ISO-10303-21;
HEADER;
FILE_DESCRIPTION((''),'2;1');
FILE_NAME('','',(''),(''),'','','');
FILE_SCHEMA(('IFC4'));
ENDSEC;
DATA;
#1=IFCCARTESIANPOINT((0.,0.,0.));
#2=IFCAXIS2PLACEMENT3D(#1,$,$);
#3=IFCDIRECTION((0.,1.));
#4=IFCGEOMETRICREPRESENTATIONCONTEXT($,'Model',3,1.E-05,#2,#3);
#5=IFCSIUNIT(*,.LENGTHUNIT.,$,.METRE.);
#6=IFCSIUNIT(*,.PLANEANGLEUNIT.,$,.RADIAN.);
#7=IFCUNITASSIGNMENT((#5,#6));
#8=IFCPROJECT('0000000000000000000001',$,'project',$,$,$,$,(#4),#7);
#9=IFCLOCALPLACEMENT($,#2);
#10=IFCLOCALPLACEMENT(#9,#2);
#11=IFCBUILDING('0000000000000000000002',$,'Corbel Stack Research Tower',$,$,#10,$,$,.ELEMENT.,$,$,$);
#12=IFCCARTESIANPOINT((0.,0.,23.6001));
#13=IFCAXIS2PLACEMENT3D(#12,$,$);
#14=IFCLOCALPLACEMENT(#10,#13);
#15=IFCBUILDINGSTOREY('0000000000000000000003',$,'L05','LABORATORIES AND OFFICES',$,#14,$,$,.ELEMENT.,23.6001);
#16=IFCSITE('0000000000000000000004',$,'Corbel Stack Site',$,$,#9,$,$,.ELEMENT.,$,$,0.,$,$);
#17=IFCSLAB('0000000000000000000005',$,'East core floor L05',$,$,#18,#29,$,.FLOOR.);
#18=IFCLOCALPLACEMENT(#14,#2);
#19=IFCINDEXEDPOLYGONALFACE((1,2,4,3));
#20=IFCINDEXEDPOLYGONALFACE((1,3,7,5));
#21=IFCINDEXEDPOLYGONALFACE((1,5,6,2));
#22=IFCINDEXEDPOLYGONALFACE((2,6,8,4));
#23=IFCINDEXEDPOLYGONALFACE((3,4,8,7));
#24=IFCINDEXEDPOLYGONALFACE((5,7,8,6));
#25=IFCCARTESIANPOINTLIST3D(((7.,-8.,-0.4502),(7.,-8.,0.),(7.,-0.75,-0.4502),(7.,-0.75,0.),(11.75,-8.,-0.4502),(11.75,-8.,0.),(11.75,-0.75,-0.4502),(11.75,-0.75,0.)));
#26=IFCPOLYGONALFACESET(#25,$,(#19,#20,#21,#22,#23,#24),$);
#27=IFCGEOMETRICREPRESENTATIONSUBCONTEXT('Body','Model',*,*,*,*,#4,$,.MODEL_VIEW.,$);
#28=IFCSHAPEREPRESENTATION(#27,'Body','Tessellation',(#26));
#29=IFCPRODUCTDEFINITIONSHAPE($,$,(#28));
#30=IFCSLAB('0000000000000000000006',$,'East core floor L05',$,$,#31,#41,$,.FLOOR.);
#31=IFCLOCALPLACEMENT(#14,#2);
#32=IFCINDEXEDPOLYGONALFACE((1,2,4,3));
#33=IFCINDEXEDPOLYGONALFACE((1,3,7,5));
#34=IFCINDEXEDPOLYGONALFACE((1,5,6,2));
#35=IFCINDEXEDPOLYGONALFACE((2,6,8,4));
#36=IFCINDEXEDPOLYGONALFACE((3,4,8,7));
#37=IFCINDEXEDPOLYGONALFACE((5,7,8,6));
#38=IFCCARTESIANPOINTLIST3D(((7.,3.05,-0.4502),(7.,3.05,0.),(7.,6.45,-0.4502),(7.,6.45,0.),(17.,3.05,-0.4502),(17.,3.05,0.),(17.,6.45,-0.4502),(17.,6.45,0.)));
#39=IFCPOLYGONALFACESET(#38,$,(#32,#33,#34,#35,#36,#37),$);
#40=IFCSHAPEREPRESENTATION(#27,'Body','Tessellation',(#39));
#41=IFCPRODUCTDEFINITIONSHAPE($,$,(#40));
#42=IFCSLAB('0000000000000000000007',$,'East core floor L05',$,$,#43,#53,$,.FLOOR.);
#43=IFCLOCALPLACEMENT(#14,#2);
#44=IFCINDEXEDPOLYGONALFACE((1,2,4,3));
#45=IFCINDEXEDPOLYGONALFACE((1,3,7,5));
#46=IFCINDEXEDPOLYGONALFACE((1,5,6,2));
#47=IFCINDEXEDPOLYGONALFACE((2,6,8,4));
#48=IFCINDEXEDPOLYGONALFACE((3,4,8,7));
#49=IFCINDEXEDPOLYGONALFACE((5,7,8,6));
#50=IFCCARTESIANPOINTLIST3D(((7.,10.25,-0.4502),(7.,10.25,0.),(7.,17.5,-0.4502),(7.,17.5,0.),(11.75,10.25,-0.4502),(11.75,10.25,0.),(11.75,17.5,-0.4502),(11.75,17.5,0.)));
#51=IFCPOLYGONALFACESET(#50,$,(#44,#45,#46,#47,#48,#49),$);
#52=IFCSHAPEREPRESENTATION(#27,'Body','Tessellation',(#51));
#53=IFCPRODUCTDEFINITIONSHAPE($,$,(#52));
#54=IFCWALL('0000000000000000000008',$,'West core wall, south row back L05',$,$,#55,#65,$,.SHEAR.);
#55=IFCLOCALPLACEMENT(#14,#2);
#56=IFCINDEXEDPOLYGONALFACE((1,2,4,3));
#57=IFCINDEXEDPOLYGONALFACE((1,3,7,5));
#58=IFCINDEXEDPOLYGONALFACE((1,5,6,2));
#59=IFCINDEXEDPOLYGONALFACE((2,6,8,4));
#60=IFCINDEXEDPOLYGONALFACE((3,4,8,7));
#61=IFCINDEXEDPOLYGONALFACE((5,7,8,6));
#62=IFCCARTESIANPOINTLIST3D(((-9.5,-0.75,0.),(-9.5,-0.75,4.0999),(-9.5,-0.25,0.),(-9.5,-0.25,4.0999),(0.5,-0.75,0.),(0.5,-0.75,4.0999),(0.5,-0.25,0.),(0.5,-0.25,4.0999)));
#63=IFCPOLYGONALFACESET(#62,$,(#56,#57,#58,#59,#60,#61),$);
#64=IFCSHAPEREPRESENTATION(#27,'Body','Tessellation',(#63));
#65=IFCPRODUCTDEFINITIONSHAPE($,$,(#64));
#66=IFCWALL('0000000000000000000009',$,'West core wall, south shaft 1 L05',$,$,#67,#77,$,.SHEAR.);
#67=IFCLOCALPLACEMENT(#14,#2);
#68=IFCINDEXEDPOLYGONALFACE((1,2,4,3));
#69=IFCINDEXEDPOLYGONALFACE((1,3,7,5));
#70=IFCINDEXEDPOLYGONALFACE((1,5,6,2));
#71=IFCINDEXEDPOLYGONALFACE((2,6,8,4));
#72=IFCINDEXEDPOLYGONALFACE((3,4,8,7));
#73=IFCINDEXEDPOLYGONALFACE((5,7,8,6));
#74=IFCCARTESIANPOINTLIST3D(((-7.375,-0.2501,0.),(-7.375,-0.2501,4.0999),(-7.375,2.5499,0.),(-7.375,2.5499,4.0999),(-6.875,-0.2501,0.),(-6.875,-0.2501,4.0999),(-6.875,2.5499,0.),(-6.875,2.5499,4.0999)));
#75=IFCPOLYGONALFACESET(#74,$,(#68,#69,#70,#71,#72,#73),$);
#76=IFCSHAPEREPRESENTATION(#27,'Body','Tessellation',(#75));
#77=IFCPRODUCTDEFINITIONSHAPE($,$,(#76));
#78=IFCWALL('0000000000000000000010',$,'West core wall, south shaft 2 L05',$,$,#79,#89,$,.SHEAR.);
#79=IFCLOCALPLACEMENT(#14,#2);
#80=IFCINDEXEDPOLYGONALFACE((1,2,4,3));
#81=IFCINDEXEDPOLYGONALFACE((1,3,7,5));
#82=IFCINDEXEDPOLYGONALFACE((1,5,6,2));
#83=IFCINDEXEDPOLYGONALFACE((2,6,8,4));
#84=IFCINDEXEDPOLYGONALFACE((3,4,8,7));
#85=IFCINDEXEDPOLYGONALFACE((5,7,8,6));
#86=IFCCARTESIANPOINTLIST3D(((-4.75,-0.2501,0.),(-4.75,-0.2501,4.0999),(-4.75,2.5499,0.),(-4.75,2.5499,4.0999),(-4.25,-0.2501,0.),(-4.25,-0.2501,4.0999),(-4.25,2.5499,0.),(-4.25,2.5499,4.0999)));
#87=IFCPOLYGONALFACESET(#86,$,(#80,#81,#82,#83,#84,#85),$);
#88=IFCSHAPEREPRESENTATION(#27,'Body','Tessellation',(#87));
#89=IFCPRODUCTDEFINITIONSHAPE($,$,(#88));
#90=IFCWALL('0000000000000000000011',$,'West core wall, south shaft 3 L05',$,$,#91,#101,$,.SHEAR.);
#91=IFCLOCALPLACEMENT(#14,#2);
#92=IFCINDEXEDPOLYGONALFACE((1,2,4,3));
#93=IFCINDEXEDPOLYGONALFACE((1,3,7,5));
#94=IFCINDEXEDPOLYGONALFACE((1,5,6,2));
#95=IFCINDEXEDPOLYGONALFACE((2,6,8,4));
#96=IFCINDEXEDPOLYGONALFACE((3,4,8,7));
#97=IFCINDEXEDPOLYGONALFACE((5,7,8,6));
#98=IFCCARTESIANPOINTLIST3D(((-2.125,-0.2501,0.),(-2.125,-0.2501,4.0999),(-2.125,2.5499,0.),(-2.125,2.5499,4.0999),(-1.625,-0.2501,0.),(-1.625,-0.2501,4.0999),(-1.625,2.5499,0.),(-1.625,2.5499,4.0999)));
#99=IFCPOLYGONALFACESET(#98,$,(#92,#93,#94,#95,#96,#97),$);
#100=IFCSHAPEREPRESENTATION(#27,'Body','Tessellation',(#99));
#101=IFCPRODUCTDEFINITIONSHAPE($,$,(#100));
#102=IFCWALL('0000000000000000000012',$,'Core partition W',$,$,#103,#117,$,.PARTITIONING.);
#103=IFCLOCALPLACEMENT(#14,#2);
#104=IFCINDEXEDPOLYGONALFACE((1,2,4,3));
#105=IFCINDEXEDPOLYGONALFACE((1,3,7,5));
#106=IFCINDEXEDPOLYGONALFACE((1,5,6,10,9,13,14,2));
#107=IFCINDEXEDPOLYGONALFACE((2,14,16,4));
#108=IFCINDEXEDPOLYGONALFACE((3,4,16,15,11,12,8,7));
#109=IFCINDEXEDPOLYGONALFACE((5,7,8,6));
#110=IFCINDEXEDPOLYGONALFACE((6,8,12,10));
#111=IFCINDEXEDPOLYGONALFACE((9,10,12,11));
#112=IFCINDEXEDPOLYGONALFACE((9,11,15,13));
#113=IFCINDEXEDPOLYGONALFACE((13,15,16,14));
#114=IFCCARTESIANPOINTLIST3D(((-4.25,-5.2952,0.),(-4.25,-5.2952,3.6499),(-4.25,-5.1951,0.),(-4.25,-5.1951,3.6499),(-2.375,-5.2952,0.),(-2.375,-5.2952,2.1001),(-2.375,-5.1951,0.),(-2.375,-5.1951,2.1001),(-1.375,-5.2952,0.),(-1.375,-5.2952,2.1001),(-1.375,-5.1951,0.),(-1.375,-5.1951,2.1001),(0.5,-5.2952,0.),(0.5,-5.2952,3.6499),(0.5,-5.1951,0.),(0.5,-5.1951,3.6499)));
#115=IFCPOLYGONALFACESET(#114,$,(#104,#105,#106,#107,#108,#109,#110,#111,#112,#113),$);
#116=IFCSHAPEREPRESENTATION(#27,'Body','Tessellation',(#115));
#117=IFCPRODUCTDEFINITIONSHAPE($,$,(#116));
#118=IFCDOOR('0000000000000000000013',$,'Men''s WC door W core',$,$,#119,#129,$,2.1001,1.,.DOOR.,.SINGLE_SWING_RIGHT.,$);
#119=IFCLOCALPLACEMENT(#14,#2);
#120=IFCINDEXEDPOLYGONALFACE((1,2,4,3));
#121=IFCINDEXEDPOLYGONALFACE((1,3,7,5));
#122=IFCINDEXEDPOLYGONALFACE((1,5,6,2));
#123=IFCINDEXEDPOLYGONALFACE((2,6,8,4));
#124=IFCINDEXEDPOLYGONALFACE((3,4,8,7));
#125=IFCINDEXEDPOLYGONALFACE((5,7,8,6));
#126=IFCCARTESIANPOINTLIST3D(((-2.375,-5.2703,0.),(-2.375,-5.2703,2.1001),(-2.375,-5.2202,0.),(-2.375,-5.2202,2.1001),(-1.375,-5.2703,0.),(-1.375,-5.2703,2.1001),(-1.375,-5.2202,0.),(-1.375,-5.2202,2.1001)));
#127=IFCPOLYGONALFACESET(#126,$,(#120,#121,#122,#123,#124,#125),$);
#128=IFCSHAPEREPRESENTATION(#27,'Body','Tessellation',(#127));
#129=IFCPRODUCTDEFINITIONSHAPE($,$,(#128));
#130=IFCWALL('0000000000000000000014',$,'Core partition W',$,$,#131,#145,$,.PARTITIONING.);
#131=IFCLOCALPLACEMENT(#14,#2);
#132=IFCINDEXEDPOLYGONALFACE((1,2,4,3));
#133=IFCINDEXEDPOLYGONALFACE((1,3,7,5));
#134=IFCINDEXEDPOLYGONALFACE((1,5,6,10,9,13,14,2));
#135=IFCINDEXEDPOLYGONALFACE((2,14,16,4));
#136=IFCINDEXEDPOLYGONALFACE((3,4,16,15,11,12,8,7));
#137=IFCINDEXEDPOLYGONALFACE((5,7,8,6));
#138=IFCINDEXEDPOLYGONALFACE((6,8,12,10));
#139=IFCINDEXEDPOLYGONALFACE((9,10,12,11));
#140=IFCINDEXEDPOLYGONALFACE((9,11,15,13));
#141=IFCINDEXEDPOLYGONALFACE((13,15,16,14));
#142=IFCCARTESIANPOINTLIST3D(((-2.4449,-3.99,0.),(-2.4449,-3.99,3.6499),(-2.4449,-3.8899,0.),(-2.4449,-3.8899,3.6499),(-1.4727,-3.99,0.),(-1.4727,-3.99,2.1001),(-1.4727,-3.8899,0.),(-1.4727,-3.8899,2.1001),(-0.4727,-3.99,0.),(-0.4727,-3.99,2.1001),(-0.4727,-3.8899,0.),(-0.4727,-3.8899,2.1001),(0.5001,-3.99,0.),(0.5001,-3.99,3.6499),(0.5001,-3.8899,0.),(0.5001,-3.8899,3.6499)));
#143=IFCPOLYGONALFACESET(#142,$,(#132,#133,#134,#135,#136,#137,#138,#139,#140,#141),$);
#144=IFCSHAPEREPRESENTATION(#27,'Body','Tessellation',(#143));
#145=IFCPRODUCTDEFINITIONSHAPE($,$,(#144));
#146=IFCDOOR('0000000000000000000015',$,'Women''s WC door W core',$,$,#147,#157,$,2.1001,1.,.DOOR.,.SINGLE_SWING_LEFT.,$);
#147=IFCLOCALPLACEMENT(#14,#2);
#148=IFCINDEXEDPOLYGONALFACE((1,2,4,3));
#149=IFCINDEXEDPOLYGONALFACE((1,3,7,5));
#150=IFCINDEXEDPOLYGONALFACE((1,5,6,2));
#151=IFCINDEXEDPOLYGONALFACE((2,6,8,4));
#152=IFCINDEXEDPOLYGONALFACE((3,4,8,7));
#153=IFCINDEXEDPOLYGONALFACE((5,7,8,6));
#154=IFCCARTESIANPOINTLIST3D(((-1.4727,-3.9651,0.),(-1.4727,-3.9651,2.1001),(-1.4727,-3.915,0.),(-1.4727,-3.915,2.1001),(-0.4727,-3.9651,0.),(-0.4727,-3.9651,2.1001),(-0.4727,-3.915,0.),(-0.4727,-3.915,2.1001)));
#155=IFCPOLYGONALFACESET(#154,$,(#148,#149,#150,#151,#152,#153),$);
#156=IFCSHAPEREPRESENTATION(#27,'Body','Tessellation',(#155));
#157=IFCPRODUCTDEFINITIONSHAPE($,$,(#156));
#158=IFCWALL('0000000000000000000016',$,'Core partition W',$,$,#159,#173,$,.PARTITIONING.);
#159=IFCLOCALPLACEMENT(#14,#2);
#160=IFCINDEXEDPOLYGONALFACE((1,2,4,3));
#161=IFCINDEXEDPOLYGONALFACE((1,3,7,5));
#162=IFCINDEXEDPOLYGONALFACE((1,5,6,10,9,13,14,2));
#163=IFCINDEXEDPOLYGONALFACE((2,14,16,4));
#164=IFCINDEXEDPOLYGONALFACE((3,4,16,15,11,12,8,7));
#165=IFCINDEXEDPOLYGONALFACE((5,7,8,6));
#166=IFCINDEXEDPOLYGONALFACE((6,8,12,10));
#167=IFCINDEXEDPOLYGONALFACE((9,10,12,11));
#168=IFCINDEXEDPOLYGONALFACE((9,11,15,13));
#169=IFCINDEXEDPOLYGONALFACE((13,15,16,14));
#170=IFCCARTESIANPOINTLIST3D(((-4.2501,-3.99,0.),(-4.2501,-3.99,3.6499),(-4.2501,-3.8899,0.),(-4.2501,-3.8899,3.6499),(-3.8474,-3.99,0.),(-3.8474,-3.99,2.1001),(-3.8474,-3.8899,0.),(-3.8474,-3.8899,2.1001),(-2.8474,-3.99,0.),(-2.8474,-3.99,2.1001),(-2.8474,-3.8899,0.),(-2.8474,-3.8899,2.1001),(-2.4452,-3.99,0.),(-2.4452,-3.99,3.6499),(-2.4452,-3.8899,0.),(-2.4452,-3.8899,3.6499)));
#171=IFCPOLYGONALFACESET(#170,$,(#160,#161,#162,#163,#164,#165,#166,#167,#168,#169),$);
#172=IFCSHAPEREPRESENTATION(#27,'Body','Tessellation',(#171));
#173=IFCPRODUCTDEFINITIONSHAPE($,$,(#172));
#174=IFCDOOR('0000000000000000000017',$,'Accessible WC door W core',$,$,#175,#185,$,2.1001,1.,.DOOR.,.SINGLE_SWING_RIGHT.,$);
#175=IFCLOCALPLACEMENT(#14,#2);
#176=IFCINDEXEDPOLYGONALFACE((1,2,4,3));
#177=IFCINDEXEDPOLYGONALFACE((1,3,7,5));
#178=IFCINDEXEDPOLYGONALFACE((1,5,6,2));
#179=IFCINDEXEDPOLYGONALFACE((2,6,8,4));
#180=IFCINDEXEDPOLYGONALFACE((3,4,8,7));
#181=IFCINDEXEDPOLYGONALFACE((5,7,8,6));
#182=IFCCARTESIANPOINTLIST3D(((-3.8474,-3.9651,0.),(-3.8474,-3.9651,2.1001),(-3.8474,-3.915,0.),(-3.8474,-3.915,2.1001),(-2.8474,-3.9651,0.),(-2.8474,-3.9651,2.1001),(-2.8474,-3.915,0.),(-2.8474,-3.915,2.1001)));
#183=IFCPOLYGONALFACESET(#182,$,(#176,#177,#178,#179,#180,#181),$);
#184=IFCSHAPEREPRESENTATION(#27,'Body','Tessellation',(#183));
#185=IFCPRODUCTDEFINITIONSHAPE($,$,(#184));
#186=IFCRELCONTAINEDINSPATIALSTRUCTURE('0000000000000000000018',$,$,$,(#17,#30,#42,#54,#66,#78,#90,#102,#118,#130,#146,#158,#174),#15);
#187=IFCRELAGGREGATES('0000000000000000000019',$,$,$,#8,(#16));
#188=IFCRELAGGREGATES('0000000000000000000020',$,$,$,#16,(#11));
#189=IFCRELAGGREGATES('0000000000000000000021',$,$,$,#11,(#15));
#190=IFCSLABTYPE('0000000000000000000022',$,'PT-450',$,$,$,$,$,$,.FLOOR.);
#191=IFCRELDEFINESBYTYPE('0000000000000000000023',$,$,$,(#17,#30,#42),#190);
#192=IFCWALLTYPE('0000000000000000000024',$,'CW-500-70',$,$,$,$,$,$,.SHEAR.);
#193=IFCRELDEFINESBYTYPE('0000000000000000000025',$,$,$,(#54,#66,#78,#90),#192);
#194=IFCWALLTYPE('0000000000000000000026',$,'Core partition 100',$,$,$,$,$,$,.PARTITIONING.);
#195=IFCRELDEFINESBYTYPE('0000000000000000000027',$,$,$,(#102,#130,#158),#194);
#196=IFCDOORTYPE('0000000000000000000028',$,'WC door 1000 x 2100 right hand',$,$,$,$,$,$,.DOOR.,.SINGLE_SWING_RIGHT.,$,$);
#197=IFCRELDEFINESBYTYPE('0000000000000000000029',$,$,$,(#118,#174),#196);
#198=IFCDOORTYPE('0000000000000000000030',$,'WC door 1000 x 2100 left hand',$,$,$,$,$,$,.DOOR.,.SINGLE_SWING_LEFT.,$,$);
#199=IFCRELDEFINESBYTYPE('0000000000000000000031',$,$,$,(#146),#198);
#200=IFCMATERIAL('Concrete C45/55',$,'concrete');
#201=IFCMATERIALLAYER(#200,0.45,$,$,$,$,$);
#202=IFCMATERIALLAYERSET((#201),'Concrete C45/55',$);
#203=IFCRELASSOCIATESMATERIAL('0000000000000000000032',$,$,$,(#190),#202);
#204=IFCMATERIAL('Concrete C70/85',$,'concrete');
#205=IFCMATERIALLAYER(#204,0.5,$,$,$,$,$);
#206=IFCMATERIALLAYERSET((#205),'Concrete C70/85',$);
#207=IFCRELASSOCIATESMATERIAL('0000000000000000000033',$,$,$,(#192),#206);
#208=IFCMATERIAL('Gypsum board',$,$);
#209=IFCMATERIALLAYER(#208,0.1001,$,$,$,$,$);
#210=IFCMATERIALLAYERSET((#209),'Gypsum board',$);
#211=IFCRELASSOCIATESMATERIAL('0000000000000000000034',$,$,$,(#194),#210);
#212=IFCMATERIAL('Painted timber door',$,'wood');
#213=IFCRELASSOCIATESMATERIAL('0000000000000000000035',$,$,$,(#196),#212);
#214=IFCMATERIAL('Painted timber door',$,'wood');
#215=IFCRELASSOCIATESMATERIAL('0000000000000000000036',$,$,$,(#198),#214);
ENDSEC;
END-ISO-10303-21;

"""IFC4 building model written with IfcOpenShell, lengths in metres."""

from ifc_helpers import new_model, si_unit, direction, frame, frame_2d, origin, place, context, subcontext, project, spatial, polyline, rectangle, outline, extrude, material, layer, layer_set, type_object, element, fill, save


model = new_model("IFC4")

# Units and contexts
model_context = context("Model", 3, precision=1e-05, world=origin(), true_north=direction((0.0, 1.0)))
body_context = subcontext(model_context, "Body", "Model", "MODEL_VIEW")
ifc_project = project(units=[si_unit("LENGTHUNIT", "METRE"), si_unit("PLANEANGLEUNIT", "RADIAN")], contexts=[model_context])

# Site, building, storey
site_placement = place(None, origin())
site = spatial("IfcSite", under=ifc_project, at=site_placement, Name="Corbel Stack Site", CompositionType="ELEMENT", RefElevation=0.0)
building_placement = place(site_placement, origin())
building = spatial("IfcBuilding", under=site, at=building_placement, Name="Corbel Stack Research Tower", CompositionType="ELEMENT")
storey_placement = place(building_placement, frame((0.0, 0.0, 23.6001)))
storey = spatial("IfcBuildingStorey", under=building, at=storey_placement, Name="L05", Description="LABORATORIES AND OFFICES", CompositionType="ELEMENT", Elevation=23.6001)

# Slabs
ifc_material_1 = material(Name="Concrete C45/55", Category="concrete")
ifc_layer_1 = layer(ifc_material_1, 0.45)
ifc_layer_set_1 = layer_set([ifc_layer_1], Name="Concrete C45/55")
slab_type = type_object("IfcSlabType", Name="PT-450", PredefinedType="FLOOR", material=ifc_layer_set_1)
slab_1_placement = place(storey_placement, frame((0.0, 0.0, -0.4502)))
element("IfcSlab", 1, at=slab_1_placement, inside=storey, type_object=slab_type, Name="East core floor L05", PredefinedType="FLOOR", context=body_context, shape_type="SweptSolid", body=[
    extrude(outline(polyline([(7.0, -0.75), (7.0, -8.0), (11.75, -8.0), (11.75, -0.75), (7.0, -0.75)])), origin(), (0.0, 0.0, 1.0), 0.4502),
])
slab_2_placement = place(storey_placement, frame((0.0, 0.0, -0.4502)))
element("IfcSlab", 2, at=slab_2_placement, inside=storey, type_object=slab_type, Name="East core floor L05", PredefinedType="FLOOR", context=body_context, shape_type="SweptSolid", body=[
    extrude(outline(polyline([(7.0, 6.45), (7.0, 3.05), (17.0, 3.05), (17.0, 6.45), (7.0, 6.45)])), origin(), (0.0, 0.0, 1.0), 0.4502),
])
slab_3_placement = place(storey_placement, frame((0.0, 0.0, -0.4502)))
element("IfcSlab", 3, at=slab_3_placement, inside=storey, type_object=slab_type, Name="East core floor L05", PredefinedType="FLOOR", context=body_context, shape_type="SweptSolid", body=[
    extrude(outline(polyline([(7.0, 17.5), (7.0, 10.25), (11.75, 10.25), (11.75, 17.5), (7.0, 17.5)])), origin(), (0.0, 0.0, 1.0), 0.4502),
])

# Walls
ifc_material_2 = material(Name="Concrete C70/85", Category="concrete")
ifc_layer_2 = layer(ifc_material_2, 0.5)
ifc_layer_set_2 = layer_set([ifc_layer_2], Name="Concrete C70/85")
wall_type_1 = type_object("IfcWallType", Name="CW-500-70", PredefinedType="SHEAR", material=ifc_layer_set_2)
wall_1_placement = place(storey_placement, frame((-9.5, -0.5, 0.0), z_axis=(0.0, 0.0, 1.0), x_axis=(1.0, 0.0, 0.0)))
element("IfcWall", 4, at=wall_1_placement, inside=storey, type_object=wall_type_1, Name="West core wall, south row back L05", PredefinedType="SHEAR", context=body_context, shape_type="SweptSolid", body=[
    extrude(rectangle(XDim=10.0, YDim=0.5, at=frame_2d((5.0, 0.0))), origin(), (0.0, 0.0, 1.0), 4.0999),
])
for number, where, z_axis, x_axis, name in (
    (5, (-7.125, -0.25, 0.0), (0.0, 0.0, 1.0), (0.0, 1.0, 0.0), "West core wall, south shaft 1 L05"),
    (6, (-4.5, -0.25, 0.0), (0.0, 0.0, 1.0), (0.0, 1.0, 0.0), "West core wall, south shaft 2 L05"),
    (7, (-1.875, -0.25, 0.0), (0.0, 0.0, 1.0), (0.0, 1.0, 0.0), "West core wall, south shaft 3 L05"),
):
    element("IfcWall", number, at=place(storey_placement, frame(where, z_axis=z_axis, x_axis=x_axis)), inside=storey, type_object=wall_type_1, Name=name, PredefinedType="SHEAR", context=body_context, shape_type="SweptSolid", body=[
        extrude(rectangle(XDim=2.8, YDim=0.5, at=frame_2d((1.3999, 0.0))), origin(), (0.0, 0.0, 1.0), 4.0999),
    ])

# Walls, openings, doors
ifc_material_3 = material(Name="Gypsum board")
ifc_layer_3 = layer(ifc_material_3, 0.1001)
ifc_layer_set_3 = layer_set([ifc_layer_3], Name="Gypsum board")
wall_type_2 = type_object("IfcWallType", Name="Core partition 100", PredefinedType="PARTITIONING", material=ifc_layer_set_3)
wall_2_placement = place(storey_placement, frame((-4.25, -5.2451, 0.0), z_axis=(0.0, 0.0, 1.0), x_axis=(1.0, 0.0, 0.0)))
wall_2 = element("IfcWall", 8, at=wall_2_placement, inside=storey, type_object=wall_type_2, Name="Core partition W", PredefinedType="PARTITIONING", context=body_context, shape_type="SweptSolid", body=[
    extrude(rectangle(XDim=4.75, YDim=0.1001, at=frame_2d((2.375, 0.0))), origin(), (0.0, 0.0, 1.0), 3.6499),
])
opening_1_placement = place(wall_2_placement, frame((1.875, 0.0, 0.0)))
opening_1 = element("IfcOpeningElement", 9, at=opening_1_placement, cuts=wall_2, PredefinedType="OPENING", context=body_context, shape_type="SweptSolid", body=[
    extrude(rectangle(XDim=1.0, YDim=2.1001, at=frame_2d((0.5, 1.05))), frame((0.0, 0.0601, 0.0), z_axis=(0.0, -1.0, 0.0), x_axis=(1.0, 0.0, 0.0)), (0.0, 0.0, 1.0), 0.1201),
])
ifc_material_4 = material(Name="Painted timber door", Category="wood")
door_type_1 = type_object("IfcDoorType", Name="WC door 1000 x 2100 right hand", OperationType="SINGLE_SWING_RIGHT", PredefinedType="DOOR", material=ifc_material_4)
door_1_placement = place(opening_1_placement, origin())
door_1 = element("IfcDoor", 10, at=door_1_placement, inside=storey, type_object=door_type_1, Name="Men's WC door W core", OperationType="SINGLE_SWING_RIGHT", OverallHeight=2.1001, OverallWidth=1.0, PredefinedType="DOOR", context=body_context, shape_type="SweptSolid", body=[
    extrude(rectangle(XDim=1.0, YDim=2.1001, at=frame_2d((0.5, 1.05))), frame((0.0, 0.0249, 0.0), z_axis=(0.0, -1.0, 0.0), x_axis=(1.0, 0.0, 0.0)), (0.0, 0.0, 1.0), 0.05),
])
fill(opening_1, door_1)
wall_3_placement = place(storey_placement, frame((-2.4451, -3.9399, 0.0), z_axis=(0.0, 0.0, 1.0), x_axis=(1.0, 0.0, 0.0)))
wall_3 = element("IfcWall", 11, at=wall_3_placement, inside=storey, type_object=wall_type_2, Name="Core partition W", PredefinedType="PARTITIONING", context=body_context, shape_type="SweptSolid", body=[
    extrude(rectangle(XDim=2.9451, YDim=0.1001, at=frame_2d((1.4727, 0.0))), origin(), (0.0, 0.0, 1.0), 3.6499),
])
opening_2_placement = place(wall_3_placement, frame((0.9724, 0.0, 0.0)))
opening_2 = element("IfcOpeningElement", 12, at=opening_2_placement, cuts=wall_3, PredefinedType="OPENING", context=body_context, shape_type="SweptSolid", body=[
    extrude(rectangle(XDim=1.0, YDim=2.1001, at=frame_2d((0.5, 1.05))), frame((0.0, 0.0601, 0.0), z_axis=(0.0, -1.0, 0.0), x_axis=(1.0, 0.0, 0.0)), (0.0, 0.0, 1.0), 0.1201),
])
ifc_material_5 = material(Name="Painted timber door", Category="wood")
door_type_2 = type_object("IfcDoorType", Name="WC door 1000 x 2100 left hand", OperationType="SINGLE_SWING_LEFT", PredefinedType="DOOR", material=ifc_material_5)
door_2_placement = place(opening_2_placement, origin())
door_2 = element("IfcDoor", 13, at=door_2_placement, inside=storey, type_object=door_type_2, Name="Women's WC door W core", OperationType="SINGLE_SWING_LEFT", OverallHeight=2.1001, OverallWidth=1.0, PredefinedType="DOOR", context=body_context, shape_type="SweptSolid", body=[
    extrude(rectangle(XDim=1.0, YDim=2.1001, at=frame_2d((0.5, 1.05))), frame((0.0, 0.0249, 0.0), z_axis=(0.0, -1.0, 0.0), x_axis=(1.0, 0.0, 0.0)), (0.0, 0.0, 1.0), 0.05),
])
fill(opening_2, door_2)
wall_4_placement = place(storey_placement, frame((-4.25, -3.9399, 0.0), z_axis=(0.0, 0.0, 1.0), x_axis=(1.0, 0.0, 0.0)))
wall_4 = element("IfcWall", 14, at=wall_4_placement, inside=storey, type_object=wall_type_2, Name="Core partition W", PredefinedType="PARTITIONING", context=body_context, shape_type="SweptSolid", body=[
    extrude(rectangle(XDim=1.8049, YDim=0.1001, at=frame_2d((0.9023, 0.0))), origin(), (0.0, 0.0, 1.0), 3.6499),
])
opening_3_placement = place(wall_4_placement, frame((0.4026, 0.0, 0.0)))
opening_3 = element("IfcOpeningElement", 15, at=opening_3_placement, cuts=wall_4, PredefinedType="OPENING", context=body_context, shape_type="SweptSolid", body=[
    extrude(rectangle(XDim=1.0, YDim=2.1001, at=frame_2d((0.5, 1.05))), frame((0.0, 0.0601, 0.0), z_axis=(0.0, -1.0, 0.0), x_axis=(1.0, 0.0, 0.0)), (0.0, 0.0, 1.0), 0.1201),
])
door_3_placement = place(opening_3_placement, origin())
door_3 = element("IfcDoor", 16, at=door_3_placement, inside=storey, type_object=door_type_1, Name="Accessible WC door W core", OperationType="SINGLE_SWING_RIGHT", OverallHeight=2.1001, OverallWidth=1.0, PredefinedType="DOOR", context=body_context, shape_type="SweptSolid", body=[
    extrude(rectangle(XDim=1.0, YDim=2.1001, at=frame_2d((0.5, 1.05))), frame((0.0, 0.0249, 0.0), z_axis=(0.0, -1.0, 0.0), x_axis=(1.0, 0.0, 0.0)), (0.0, 0.0, 1.0), 0.05),
])
fill(opening_3, door_3)

save(model, "model.ifc")
